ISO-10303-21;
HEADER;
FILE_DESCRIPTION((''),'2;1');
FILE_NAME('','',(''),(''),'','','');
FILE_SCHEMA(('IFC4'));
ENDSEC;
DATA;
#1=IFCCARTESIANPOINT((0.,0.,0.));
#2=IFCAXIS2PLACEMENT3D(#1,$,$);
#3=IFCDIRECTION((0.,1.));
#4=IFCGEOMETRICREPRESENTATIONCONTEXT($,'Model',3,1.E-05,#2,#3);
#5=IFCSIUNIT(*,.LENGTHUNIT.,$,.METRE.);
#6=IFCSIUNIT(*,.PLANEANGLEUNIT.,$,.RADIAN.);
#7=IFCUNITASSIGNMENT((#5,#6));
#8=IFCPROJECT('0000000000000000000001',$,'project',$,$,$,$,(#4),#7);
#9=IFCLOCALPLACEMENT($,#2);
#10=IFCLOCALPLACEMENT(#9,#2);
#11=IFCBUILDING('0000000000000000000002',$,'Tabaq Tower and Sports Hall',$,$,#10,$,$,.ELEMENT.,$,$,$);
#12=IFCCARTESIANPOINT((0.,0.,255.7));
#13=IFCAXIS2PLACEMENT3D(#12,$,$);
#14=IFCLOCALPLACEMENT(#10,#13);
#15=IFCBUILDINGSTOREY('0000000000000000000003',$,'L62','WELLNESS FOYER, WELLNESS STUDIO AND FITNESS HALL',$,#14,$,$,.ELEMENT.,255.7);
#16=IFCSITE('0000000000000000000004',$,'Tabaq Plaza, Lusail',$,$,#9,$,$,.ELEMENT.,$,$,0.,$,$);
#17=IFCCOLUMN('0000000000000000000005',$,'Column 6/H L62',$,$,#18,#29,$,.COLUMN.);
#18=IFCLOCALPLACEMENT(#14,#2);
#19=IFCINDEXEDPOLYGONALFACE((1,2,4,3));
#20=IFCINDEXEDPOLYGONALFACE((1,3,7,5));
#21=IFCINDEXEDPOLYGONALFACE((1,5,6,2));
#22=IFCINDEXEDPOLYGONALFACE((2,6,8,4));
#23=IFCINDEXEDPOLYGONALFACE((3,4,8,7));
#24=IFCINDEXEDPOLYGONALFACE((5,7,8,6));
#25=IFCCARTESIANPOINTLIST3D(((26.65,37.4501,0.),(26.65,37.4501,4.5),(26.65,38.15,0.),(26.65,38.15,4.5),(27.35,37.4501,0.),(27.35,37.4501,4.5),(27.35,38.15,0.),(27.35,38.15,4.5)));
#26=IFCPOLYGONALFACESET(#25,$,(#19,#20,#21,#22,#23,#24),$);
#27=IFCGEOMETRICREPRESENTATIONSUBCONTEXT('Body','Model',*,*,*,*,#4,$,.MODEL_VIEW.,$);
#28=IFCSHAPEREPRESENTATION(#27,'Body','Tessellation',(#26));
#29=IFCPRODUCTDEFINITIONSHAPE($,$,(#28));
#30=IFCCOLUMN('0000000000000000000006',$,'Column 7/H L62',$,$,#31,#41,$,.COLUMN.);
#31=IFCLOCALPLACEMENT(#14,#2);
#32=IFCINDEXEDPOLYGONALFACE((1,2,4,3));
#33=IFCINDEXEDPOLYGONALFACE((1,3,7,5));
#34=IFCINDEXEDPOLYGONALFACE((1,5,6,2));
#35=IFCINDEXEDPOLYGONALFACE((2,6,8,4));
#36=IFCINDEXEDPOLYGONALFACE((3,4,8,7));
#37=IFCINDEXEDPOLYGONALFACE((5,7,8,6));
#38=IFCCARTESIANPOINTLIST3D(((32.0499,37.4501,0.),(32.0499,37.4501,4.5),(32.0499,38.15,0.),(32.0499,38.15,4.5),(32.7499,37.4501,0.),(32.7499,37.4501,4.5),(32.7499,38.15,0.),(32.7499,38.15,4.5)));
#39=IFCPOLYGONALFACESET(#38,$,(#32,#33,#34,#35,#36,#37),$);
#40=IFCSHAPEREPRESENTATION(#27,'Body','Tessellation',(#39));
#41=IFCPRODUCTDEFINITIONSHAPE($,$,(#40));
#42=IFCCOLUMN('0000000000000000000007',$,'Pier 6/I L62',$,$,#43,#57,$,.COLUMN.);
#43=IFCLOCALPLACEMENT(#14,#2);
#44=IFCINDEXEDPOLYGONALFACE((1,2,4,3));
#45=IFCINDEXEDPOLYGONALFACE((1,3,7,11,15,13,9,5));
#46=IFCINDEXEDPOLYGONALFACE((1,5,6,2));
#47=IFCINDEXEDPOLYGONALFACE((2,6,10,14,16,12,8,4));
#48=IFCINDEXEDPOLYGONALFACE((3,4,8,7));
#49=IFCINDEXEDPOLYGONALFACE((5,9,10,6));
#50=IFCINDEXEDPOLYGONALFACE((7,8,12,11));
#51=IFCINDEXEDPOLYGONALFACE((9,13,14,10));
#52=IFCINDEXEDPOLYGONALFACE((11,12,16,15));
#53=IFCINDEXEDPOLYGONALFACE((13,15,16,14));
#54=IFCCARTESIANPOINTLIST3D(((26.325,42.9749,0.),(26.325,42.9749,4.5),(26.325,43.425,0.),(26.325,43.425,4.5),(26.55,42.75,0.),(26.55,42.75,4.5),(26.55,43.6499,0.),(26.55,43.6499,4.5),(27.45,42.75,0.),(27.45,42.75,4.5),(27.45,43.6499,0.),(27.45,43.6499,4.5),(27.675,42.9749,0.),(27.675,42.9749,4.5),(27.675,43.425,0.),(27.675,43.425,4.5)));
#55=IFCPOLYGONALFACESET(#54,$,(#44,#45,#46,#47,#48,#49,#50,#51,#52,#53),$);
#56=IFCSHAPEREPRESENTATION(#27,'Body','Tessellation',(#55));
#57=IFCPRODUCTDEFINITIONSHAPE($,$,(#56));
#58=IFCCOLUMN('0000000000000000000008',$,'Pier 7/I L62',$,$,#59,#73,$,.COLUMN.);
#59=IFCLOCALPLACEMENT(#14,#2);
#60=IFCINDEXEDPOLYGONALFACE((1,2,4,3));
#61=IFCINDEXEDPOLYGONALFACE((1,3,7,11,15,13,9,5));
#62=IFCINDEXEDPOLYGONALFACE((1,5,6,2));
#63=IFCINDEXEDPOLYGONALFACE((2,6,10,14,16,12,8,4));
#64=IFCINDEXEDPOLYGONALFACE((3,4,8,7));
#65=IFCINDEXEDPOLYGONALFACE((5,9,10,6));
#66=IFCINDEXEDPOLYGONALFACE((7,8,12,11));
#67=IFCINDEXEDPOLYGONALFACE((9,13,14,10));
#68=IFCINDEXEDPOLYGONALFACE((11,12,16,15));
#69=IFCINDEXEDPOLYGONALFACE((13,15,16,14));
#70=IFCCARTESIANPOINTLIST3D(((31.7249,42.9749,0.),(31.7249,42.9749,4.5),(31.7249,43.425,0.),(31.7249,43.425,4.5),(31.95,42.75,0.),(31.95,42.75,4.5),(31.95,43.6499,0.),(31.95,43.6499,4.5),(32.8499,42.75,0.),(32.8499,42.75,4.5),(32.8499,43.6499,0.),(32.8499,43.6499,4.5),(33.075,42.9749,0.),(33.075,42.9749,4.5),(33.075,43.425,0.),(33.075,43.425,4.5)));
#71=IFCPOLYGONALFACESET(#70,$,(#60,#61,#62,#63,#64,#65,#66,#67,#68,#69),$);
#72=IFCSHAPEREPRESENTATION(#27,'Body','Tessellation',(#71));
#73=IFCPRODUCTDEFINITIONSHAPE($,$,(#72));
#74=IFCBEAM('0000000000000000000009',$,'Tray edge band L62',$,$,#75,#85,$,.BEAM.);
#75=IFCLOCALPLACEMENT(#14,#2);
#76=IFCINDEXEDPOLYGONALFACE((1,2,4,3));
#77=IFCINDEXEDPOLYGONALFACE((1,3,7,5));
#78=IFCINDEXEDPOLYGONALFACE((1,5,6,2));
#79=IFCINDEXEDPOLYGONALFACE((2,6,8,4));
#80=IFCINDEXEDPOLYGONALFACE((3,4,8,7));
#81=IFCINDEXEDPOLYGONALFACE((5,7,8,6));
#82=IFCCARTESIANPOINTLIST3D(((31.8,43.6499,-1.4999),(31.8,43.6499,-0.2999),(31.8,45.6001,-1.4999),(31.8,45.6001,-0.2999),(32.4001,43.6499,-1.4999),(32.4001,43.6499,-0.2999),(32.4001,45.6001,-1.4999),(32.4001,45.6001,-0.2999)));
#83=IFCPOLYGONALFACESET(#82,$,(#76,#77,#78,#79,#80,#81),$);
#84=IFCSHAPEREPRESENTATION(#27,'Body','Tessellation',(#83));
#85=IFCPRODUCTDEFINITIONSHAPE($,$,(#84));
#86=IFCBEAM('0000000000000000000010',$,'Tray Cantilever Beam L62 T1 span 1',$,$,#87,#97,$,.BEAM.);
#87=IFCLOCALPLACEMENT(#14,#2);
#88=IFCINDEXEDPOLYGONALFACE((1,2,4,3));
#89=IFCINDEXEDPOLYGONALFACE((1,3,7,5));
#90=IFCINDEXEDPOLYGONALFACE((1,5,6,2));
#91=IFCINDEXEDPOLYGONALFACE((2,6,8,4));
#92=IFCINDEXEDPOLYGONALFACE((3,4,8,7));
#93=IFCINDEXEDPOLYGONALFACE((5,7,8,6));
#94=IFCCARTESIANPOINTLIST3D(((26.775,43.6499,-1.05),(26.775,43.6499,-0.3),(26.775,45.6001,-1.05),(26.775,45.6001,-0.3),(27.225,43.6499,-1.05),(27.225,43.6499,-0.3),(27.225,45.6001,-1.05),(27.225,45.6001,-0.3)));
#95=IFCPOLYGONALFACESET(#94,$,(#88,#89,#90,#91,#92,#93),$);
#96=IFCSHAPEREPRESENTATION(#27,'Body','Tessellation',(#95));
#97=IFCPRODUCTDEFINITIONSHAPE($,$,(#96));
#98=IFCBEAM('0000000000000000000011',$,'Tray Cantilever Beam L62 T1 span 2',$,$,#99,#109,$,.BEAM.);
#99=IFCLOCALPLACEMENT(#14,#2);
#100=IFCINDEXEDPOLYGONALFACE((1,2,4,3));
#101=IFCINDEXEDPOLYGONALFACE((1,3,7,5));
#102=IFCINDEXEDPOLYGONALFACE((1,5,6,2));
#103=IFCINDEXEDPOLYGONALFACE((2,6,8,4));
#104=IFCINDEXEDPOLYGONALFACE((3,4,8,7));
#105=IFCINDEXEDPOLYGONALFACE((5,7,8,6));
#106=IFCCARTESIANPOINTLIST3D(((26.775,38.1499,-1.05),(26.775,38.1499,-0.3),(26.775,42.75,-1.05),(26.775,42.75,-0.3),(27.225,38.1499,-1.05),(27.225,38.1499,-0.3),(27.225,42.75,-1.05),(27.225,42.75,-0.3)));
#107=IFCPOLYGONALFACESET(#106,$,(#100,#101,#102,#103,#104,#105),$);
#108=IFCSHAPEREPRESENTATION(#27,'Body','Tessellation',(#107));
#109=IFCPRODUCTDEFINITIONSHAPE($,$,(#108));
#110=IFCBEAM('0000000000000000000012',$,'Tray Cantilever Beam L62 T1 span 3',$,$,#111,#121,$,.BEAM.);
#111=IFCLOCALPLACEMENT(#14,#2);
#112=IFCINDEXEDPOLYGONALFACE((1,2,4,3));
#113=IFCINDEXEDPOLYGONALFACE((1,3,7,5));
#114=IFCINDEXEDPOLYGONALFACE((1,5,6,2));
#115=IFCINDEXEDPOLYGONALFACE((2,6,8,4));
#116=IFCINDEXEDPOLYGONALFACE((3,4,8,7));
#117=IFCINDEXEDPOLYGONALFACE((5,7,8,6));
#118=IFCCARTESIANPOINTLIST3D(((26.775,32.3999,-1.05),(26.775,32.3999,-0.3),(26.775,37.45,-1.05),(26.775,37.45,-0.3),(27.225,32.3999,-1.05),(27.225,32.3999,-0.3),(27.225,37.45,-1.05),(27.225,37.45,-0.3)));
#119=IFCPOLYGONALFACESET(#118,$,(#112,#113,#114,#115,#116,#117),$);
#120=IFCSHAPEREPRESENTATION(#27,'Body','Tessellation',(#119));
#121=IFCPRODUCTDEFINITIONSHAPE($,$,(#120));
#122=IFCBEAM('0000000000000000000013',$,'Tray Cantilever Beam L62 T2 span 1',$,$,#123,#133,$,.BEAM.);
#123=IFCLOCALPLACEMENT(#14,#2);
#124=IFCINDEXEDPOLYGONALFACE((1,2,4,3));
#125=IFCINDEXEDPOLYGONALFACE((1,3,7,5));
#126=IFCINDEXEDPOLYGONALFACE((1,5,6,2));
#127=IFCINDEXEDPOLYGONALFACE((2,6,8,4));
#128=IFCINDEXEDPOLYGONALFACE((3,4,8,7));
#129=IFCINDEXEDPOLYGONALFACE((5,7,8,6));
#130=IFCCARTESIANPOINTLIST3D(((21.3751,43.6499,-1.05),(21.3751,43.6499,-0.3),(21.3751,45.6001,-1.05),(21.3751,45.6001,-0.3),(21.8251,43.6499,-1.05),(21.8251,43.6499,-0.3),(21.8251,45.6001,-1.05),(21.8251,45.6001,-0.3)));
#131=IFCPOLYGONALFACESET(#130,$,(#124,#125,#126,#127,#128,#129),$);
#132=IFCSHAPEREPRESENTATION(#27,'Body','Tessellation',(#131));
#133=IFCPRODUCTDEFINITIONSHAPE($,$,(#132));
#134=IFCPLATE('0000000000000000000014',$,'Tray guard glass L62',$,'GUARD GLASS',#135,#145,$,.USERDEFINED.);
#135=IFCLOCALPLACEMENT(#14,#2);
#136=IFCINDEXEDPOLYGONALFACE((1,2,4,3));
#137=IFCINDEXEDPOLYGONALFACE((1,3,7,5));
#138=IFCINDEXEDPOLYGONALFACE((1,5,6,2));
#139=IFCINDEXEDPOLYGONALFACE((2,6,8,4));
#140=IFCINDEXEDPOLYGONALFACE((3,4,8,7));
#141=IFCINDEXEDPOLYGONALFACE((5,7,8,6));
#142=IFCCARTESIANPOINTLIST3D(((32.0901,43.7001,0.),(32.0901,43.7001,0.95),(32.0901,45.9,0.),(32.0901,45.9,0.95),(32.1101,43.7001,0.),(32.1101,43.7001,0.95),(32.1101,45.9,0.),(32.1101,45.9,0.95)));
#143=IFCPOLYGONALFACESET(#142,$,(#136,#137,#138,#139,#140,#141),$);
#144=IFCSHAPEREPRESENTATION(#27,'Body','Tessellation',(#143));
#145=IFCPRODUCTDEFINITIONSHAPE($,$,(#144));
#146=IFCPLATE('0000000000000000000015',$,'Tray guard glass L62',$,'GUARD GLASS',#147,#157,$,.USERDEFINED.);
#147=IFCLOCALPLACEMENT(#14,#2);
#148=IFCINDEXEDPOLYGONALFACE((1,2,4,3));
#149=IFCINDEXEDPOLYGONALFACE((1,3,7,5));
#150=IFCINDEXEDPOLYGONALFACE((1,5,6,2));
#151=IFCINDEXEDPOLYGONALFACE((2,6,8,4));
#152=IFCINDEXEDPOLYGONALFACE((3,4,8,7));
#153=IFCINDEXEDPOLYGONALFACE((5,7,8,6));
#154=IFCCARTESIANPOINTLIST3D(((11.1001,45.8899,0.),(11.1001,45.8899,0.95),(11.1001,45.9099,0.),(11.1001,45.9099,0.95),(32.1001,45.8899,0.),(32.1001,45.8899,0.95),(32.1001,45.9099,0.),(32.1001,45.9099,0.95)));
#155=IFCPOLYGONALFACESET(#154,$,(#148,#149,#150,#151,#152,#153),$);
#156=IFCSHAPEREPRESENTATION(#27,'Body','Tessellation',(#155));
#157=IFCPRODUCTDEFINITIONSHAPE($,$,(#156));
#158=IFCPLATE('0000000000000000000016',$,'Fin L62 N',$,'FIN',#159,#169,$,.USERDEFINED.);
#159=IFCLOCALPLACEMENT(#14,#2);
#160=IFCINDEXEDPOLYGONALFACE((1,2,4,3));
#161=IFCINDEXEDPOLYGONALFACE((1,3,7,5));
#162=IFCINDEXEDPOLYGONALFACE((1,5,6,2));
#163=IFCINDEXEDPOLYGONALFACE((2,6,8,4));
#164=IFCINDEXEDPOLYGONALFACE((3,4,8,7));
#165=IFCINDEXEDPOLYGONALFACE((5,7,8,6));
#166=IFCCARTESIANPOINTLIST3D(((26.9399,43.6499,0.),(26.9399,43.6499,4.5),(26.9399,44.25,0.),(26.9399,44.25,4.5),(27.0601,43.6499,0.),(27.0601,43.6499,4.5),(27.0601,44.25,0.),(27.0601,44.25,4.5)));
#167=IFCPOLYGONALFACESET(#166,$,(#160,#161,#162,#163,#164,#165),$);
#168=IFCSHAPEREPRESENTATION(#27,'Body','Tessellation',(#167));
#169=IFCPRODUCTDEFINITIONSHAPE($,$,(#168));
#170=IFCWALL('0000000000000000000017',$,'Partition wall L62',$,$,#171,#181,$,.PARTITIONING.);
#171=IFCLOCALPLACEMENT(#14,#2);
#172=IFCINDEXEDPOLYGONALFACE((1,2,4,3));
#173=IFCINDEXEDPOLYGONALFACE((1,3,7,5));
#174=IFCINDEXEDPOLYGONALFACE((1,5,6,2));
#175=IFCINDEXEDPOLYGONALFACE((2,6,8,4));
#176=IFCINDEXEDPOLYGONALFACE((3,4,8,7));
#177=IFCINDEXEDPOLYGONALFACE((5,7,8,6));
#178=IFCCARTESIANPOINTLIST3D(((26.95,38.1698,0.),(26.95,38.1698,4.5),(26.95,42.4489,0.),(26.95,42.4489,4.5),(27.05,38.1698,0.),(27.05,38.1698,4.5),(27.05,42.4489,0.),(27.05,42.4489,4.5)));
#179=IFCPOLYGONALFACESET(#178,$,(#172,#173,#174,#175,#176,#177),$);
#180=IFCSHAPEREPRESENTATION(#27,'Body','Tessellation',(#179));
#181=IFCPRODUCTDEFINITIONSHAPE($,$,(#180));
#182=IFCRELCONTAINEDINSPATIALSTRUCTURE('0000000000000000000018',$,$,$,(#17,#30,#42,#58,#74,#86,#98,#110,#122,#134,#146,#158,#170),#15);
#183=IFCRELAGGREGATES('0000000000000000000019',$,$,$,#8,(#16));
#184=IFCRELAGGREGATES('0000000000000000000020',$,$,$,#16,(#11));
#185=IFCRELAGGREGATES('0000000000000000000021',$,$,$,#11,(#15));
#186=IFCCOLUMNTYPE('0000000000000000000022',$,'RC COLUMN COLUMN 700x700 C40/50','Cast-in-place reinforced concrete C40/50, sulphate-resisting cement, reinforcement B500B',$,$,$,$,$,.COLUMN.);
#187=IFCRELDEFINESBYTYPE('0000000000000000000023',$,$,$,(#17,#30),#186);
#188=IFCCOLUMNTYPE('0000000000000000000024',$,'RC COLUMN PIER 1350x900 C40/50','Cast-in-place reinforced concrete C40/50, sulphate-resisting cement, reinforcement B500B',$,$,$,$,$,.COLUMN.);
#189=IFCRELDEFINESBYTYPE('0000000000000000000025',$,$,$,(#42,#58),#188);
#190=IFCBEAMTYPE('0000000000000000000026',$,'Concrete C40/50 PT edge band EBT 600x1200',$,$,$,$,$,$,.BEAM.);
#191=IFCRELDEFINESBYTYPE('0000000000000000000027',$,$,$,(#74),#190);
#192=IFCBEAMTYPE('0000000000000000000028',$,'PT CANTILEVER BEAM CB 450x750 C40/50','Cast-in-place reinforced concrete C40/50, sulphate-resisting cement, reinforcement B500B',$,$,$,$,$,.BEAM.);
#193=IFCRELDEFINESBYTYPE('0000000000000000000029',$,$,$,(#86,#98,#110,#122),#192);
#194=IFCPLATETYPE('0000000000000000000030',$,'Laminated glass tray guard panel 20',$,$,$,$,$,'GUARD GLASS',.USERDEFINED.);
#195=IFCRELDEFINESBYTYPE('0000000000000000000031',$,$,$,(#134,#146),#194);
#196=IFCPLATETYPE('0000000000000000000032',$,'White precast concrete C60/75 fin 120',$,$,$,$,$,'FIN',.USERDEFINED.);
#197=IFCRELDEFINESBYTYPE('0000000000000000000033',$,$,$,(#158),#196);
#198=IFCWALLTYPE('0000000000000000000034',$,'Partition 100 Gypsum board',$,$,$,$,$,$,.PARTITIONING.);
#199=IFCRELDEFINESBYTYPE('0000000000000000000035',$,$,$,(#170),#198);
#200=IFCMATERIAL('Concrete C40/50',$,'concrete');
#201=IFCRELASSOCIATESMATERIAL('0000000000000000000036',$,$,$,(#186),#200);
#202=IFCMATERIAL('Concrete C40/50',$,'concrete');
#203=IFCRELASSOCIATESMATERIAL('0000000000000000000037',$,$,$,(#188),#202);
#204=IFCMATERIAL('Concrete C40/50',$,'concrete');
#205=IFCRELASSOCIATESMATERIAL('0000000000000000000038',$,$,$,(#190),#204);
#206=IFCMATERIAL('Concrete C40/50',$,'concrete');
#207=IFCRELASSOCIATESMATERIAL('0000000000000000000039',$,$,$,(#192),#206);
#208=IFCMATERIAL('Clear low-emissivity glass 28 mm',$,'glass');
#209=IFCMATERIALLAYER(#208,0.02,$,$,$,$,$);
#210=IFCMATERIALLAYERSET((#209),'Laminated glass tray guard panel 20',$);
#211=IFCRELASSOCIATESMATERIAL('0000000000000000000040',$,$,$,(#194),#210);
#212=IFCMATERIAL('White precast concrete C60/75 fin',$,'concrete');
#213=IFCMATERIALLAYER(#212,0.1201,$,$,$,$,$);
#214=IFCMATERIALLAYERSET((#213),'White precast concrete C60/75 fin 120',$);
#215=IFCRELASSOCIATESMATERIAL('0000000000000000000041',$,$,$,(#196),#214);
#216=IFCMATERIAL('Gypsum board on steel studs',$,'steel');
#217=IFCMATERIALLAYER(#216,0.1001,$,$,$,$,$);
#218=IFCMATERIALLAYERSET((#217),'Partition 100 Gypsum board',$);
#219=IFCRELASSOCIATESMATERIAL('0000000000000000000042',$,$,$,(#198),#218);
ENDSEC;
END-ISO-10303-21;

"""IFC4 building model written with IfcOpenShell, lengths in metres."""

from ifc_helpers import new_model, si_unit, direction, frame, frame_2d, origin, origin_2d, place, context, subcontext, project, spatial, polyline, rectangle, outline, extrude, material, layer, layer_set, material_profile, profile_set, type_object, element, save


model = new_model("IFC4")

# Units and contexts
model_context = context("Model", 3, precision=1e-05, world=origin(), true_north=direction((0.0, 1.0)))
body_context = subcontext(model_context, "Body", "Model", "MODEL_VIEW")
ifc_project = project(units=[si_unit("LENGTHUNIT", "METRE"), si_unit("PLANEANGLEUNIT", "RADIAN")], contexts=[model_context])

# Site, building, storey
site_placement = place(None, origin())
site = spatial("IfcSite", under=ifc_project, at=site_placement, Name="Tabaq Plaza, Lusail", CompositionType="ELEMENT", RefElevation=0.0)
building_placement = place(site_placement, origin())
building = spatial("IfcBuilding", under=site, at=building_placement, Name="Tabaq Tower and Sports Hall", CompositionType="ELEMENT")
storey_placement = place(building_placement, frame((0.0, 0.0, 255.7)))
storey = spatial("IfcBuildingStorey", under=building, at=storey_placement, Name="L62", Description="WELLNESS FOYER, WELLNESS STUDIO AND FITNESS HALL", CompositionType="ELEMENT", Elevation=255.7)

# Columns
ifc_material_1 = material(Name="Concrete C40/50", Category="concrete")
ifc_material_profile_1 = material_profile(ifc_material_1, rectangle(XDim=0.7, YDim=0.7, at=origin_2d()), Name="COLUMN 700x700")
ifc_profile_set_1 = profile_set([ifc_material_profile_1], Name="Concrete C40/50")
column_type_1 = type_object("IfcColumnType", Name="RC COLUMN COLUMN 700x700 C40/50", Description="Cast-in-place reinforced concrete C40/50, sulphate-resisting cement, reinforcement B500B", PredefinedType="COLUMN", material=ifc_profile_set_1)
for number, where, z_axis, x_axis, name in (
    (1, (27.0, 37.8, 0.0), (0.0, 0.0, 1.0), (1.0, 0.0, 0.0), "Column 6/H L62"),
    (2, (32.3999, 37.8, 0.0), (0.0, 0.0, 1.0), (1.0, 0.0, 0.0), "Column 7/H L62"),
):
    element("IfcColumn", number, at=place(storey_placement, frame(where, z_axis=z_axis, x_axis=x_axis)), inside=storey, type_object=column_type_1, Name=name, PredefinedType="COLUMN", context=body_context, shape_type="SweptSolid", body=[
        extrude(rectangle(XDim=0.7, YDim=0.7, at=origin_2d()), origin(), (0.0, 0.0, 1.0), 4.5),
    ])
ifc_material_2 = material(Name="Concrete C40/50", Category="concrete")
ifc_material_profile_2 = material_profile(ifc_material_2, outline(polyline([(-0.45, -0.45), (0.45, -0.45), (0.675, -0.2251), (0.675, 0.2251), (0.45, 0.45), (-0.45, 0.45), (-0.675, 0.2251), (-0.675, -0.2251), (-0.45, -0.45)])), Name="PIER 1350x900")
ifc_profile_set_2 = profile_set([ifc_material_profile_2], Name="Concrete C40/50")
column_type_2 = type_object("IfcColumnType", Name="RC COLUMN PIER 1350x900 C40/50", Description="Cast-in-place reinforced concrete C40/50, sulphate-resisting cement, reinforcement B500B", PredefinedType="COLUMN", material=ifc_profile_set_2)
for number, where, z_axis, x_axis, name in (
    (3, (27.0, 43.2, 0.0), (0.0, 0.0, 1.0), (1.0, 0.0, 0.0), "Pier 6/I L62"),
    (4, (32.3999, 43.2, 0.0), (0.0, 0.0, 1.0), (1.0, 0.0, 0.0), "Pier 7/I L62"),
):
    element("IfcColumn", number, at=place(storey_placement, frame(where, z_axis=z_axis, x_axis=x_axis)), inside=storey, type_object=column_type_2, Name=name, PredefinedType="COLUMN", context=body_context, shape_type="SweptSolid", body=[
        extrude(outline(polyline([(-0.45, -0.45), (0.45, -0.45), (0.675, -0.2251), (0.675, 0.2251), (0.45, 0.45), (-0.45, 0.45), (-0.675, 0.2251), (-0.675, -0.2251), (-0.45, -0.45)])), origin(), (0.0, 0.0, 1.0), 4.5),
    ])

# Beams
ifc_material_3 = material(Name="Concrete C40/50", Category="concrete")
ifc_material_profile_3 = material_profile(ifc_material_3, rectangle(XDim=0.6001, YDim=1.2, at=origin_2d()), Name="EBT 600x1200")
ifc_profile_set_3 = profile_set([ifc_material_profile_3], Name="Concrete C40/50")
beam_type_1 = type_object("IfcBeamType", Name="Concrete C40/50 PT edge band EBT 600x1200", PredefinedType="BEAM", material=ifc_profile_set_3)
beam_1_placement = place(storey_placement, frame((32.1001, 43.6499, -0.8999), z_axis=(0.0, 1.0, 0.0), x_axis=(-1.0, 0.0, 0.0)))
element("IfcBeam", 5, at=beam_1_placement, inside=storey, type_object=beam_type_1, Name="Tray edge band L62", PredefinedType="BEAM", context=body_context, shape_type="SweptSolid", body=[
    extrude(rectangle(XDim=0.6001, YDim=1.2, at=origin_2d()), origin(), (0.0, 0.0, 1.0), 1.9502),
])
ifc_material_4 = material(Name="Concrete C40/50", Category="concrete")
ifc_material_profile_4 = material_profile(ifc_material_4, rectangle(XDim=0.45, YDim=0.75, at=origin_2d()), Name="CB 450x750")
ifc_profile_set_4 = profile_set([ifc_material_profile_4], Name="Concrete C40/50")
beam_type_2 = type_object("IfcBeamType", Name="PT CANTILEVER BEAM CB 450x750 C40/50", Description="Cast-in-place reinforced concrete C40/50, sulphate-resisting cement, reinforcement B500B", PredefinedType="BEAM", material=ifc_profile_set_4)
beam_2_placement = place(storey_placement, frame((27.0, 45.6001, -0.675), z_axis=(0.0, -1.0, 0.0), x_axis=(1.0, 0.0, 0.0)))
element("IfcBeam", 6, at=beam_2_placement, inside=storey, type_object=beam_type_2, Name="Tray Cantilever Beam L62 T1 span 1", PredefinedType="BEAM", context=body_context, shape_type="SweptSolid", body=[
    extrude(rectangle(XDim=0.45, YDim=0.75, at=origin_2d()), origin(), (0.0, 0.0, 1.0), 1.9502),
])
beam_3_placement = place(storey_placement, frame((27.0, 42.75, -0.675), z_axis=(0.0, -1.0, 0.0), x_axis=(1.0, 0.0, 0.0)))
element("IfcBeam", 7, at=beam_3_placement, inside=storey, type_object=beam_type_2, Name="Tray Cantilever Beam L62 T1 span 2", PredefinedType="BEAM", context=body_context, shape_type="SweptSolid", body=[
    extrude(rectangle(XDim=0.45, YDim=0.75, at=origin_2d()), origin(), (0.0, 0.0, 1.0), 4.6001),
])
beam_4_placement = place(storey_placement, frame((27.0, 37.45, -0.675), z_axis=(0.0, -1.0, 0.0), x_axis=(1.0, 0.0, 0.0)))
element("IfcBeam", 8, at=beam_4_placement, inside=storey, type_object=beam_type_2, Name="Tray Cantilever Beam L62 T1 span 3", PredefinedType="BEAM", context=body_context, shape_type="SweptSolid", body=[
    extrude(rectangle(XDim=0.45, YDim=0.75, at=origin_2d()), origin(), (0.0, 0.0, 1.0), 5.05),
])
beam_5_placement = place(storey_placement, frame((21.6001, 45.6001, -0.675), z_axis=(0.0, -1.0, 0.0), x_axis=(1.0, 0.0, 0.0)))
element("IfcBeam", 9, at=beam_5_placement, inside=storey, type_object=beam_type_2, Name="Tray Cantilever Beam L62 T2 span 1", PredefinedType="BEAM", context=body_context, shape_type="SweptSolid", body=[
    extrude(rectangle(XDim=0.45, YDim=0.75, at=origin_2d()), origin(), (0.0, 0.0, 1.0), 1.9502),
])

# Plates
ifc_material_5 = material(Name="Clear low-emissivity glass 28 mm", Category="glass")
ifc_layer_1 = layer(ifc_material_5, 0.02)
ifc_layer_set_1 = layer_set([ifc_layer_1], Name="Laminated glass tray guard panel 20")
plate_type_1 = type_object("IfcPlateType", Name="Laminated glass tray guard panel 20", ElementType="GUARD GLASS", PredefinedType="USERDEFINED", material=ifc_layer_set_1)
plate_1_placement = place(storey_placement, frame((32.1001, 43.7, 0.0), z_axis=(0.0, 0.0, 1.0), x_axis=(0.0, 1.0, 0.0)))
element("IfcPlate", 10, at=plate_1_placement, inside=storey, type_object=plate_type_1, Name="Tray guard glass L62", ObjectType="GUARD GLASS", PredefinedType="USERDEFINED", context=body_context, shape_type="SweptSolid", body=[
    extrude(rectangle(XDim=2.2, YDim=0.02, at=frame_2d((1.1001, 0.0))), origin(), (0.0, 0.0, 1.0), 0.95),
])
plate_2_placement = place(storey_placement, frame((32.1001, 45.8999, 0.0), z_axis=(0.0, 0.0, 1.0), x_axis=(-1.0, 0.0, 0.0)))
element("IfcPlate", 11, at=plate_2_placement, inside=storey, type_object=plate_type_1, Name="Tray guard glass L62", ObjectType="GUARD GLASS", PredefinedType="USERDEFINED", context=body_context, shape_type="SweptSolid", body=[
    extrude(rectangle(XDim=21.0, YDim=0.02, at=frame_2d((10.5, 0.0))), origin(), (0.0, 0.0, 1.0), 0.95),
])
ifc_material_6 = material(Name="White precast concrete C60/75 fin", Category="concrete")
ifc_layer_2 = layer(ifc_material_6, 0.1201)
ifc_layer_set_2 = layer_set([ifc_layer_2], Name="White precast concrete C60/75 fin 120")
plate_type_2 = type_object("IfcPlateType", Name="White precast concrete C60/75 fin 120", ElementType="FIN", PredefinedType="USERDEFINED", material=ifc_layer_set_2)
plate_3_placement = place(storey_placement, frame((27.0, 43.95, 0.0), z_axis=(0.0, 0.0, 1.0), x_axis=(-1.0, 0.0, 0.0)))
element("IfcPlate", 12, at=plate_3_placement, inside=storey, type_object=plate_type_2, Name="Fin L62 N", ObjectType="FIN", PredefinedType="USERDEFINED", context=body_context, shape_type="SweptSolid", body=[
    extrude(rectangle(XDim=0.1201, YDim=0.6001, at=origin_2d()), origin(), (0.0, 0.0, 1.0), 4.5),
])

# Wall
ifc_material_7 = material(Name="Gypsum board on steel studs", Category="steel")
ifc_layer_3 = layer(ifc_material_7, 0.1001)
ifc_layer_set_3 = layer_set([ifc_layer_3], Name="Partition 100 Gypsum board")
wall_type_1 = type_object("IfcWallType", Name="Partition 100 Gypsum board", PredefinedType="PARTITIONING", material=ifc_layer_set_3)
wall_1_placement = place(storey_placement, frame((27.0, 42.449, 0.0), z_axis=(0.0, 0.0, 1.0), x_axis=(0.0, -1.0, 0.0)))
element("IfcWall", 13, at=wall_1_placement, inside=storey, type_object=wall_type_1, Name="Partition wall L62", PredefinedType="PARTITIONING", context=body_context, shape_type="SweptSolid", body=[
    extrude(rectangle(XDim=4.2791, YDim=0.1001, at=frame_2d((2.1396, 0.0))), origin(), (0.0, 0.0, 1.0), 4.5),
])

save(model, "model.ifc")
